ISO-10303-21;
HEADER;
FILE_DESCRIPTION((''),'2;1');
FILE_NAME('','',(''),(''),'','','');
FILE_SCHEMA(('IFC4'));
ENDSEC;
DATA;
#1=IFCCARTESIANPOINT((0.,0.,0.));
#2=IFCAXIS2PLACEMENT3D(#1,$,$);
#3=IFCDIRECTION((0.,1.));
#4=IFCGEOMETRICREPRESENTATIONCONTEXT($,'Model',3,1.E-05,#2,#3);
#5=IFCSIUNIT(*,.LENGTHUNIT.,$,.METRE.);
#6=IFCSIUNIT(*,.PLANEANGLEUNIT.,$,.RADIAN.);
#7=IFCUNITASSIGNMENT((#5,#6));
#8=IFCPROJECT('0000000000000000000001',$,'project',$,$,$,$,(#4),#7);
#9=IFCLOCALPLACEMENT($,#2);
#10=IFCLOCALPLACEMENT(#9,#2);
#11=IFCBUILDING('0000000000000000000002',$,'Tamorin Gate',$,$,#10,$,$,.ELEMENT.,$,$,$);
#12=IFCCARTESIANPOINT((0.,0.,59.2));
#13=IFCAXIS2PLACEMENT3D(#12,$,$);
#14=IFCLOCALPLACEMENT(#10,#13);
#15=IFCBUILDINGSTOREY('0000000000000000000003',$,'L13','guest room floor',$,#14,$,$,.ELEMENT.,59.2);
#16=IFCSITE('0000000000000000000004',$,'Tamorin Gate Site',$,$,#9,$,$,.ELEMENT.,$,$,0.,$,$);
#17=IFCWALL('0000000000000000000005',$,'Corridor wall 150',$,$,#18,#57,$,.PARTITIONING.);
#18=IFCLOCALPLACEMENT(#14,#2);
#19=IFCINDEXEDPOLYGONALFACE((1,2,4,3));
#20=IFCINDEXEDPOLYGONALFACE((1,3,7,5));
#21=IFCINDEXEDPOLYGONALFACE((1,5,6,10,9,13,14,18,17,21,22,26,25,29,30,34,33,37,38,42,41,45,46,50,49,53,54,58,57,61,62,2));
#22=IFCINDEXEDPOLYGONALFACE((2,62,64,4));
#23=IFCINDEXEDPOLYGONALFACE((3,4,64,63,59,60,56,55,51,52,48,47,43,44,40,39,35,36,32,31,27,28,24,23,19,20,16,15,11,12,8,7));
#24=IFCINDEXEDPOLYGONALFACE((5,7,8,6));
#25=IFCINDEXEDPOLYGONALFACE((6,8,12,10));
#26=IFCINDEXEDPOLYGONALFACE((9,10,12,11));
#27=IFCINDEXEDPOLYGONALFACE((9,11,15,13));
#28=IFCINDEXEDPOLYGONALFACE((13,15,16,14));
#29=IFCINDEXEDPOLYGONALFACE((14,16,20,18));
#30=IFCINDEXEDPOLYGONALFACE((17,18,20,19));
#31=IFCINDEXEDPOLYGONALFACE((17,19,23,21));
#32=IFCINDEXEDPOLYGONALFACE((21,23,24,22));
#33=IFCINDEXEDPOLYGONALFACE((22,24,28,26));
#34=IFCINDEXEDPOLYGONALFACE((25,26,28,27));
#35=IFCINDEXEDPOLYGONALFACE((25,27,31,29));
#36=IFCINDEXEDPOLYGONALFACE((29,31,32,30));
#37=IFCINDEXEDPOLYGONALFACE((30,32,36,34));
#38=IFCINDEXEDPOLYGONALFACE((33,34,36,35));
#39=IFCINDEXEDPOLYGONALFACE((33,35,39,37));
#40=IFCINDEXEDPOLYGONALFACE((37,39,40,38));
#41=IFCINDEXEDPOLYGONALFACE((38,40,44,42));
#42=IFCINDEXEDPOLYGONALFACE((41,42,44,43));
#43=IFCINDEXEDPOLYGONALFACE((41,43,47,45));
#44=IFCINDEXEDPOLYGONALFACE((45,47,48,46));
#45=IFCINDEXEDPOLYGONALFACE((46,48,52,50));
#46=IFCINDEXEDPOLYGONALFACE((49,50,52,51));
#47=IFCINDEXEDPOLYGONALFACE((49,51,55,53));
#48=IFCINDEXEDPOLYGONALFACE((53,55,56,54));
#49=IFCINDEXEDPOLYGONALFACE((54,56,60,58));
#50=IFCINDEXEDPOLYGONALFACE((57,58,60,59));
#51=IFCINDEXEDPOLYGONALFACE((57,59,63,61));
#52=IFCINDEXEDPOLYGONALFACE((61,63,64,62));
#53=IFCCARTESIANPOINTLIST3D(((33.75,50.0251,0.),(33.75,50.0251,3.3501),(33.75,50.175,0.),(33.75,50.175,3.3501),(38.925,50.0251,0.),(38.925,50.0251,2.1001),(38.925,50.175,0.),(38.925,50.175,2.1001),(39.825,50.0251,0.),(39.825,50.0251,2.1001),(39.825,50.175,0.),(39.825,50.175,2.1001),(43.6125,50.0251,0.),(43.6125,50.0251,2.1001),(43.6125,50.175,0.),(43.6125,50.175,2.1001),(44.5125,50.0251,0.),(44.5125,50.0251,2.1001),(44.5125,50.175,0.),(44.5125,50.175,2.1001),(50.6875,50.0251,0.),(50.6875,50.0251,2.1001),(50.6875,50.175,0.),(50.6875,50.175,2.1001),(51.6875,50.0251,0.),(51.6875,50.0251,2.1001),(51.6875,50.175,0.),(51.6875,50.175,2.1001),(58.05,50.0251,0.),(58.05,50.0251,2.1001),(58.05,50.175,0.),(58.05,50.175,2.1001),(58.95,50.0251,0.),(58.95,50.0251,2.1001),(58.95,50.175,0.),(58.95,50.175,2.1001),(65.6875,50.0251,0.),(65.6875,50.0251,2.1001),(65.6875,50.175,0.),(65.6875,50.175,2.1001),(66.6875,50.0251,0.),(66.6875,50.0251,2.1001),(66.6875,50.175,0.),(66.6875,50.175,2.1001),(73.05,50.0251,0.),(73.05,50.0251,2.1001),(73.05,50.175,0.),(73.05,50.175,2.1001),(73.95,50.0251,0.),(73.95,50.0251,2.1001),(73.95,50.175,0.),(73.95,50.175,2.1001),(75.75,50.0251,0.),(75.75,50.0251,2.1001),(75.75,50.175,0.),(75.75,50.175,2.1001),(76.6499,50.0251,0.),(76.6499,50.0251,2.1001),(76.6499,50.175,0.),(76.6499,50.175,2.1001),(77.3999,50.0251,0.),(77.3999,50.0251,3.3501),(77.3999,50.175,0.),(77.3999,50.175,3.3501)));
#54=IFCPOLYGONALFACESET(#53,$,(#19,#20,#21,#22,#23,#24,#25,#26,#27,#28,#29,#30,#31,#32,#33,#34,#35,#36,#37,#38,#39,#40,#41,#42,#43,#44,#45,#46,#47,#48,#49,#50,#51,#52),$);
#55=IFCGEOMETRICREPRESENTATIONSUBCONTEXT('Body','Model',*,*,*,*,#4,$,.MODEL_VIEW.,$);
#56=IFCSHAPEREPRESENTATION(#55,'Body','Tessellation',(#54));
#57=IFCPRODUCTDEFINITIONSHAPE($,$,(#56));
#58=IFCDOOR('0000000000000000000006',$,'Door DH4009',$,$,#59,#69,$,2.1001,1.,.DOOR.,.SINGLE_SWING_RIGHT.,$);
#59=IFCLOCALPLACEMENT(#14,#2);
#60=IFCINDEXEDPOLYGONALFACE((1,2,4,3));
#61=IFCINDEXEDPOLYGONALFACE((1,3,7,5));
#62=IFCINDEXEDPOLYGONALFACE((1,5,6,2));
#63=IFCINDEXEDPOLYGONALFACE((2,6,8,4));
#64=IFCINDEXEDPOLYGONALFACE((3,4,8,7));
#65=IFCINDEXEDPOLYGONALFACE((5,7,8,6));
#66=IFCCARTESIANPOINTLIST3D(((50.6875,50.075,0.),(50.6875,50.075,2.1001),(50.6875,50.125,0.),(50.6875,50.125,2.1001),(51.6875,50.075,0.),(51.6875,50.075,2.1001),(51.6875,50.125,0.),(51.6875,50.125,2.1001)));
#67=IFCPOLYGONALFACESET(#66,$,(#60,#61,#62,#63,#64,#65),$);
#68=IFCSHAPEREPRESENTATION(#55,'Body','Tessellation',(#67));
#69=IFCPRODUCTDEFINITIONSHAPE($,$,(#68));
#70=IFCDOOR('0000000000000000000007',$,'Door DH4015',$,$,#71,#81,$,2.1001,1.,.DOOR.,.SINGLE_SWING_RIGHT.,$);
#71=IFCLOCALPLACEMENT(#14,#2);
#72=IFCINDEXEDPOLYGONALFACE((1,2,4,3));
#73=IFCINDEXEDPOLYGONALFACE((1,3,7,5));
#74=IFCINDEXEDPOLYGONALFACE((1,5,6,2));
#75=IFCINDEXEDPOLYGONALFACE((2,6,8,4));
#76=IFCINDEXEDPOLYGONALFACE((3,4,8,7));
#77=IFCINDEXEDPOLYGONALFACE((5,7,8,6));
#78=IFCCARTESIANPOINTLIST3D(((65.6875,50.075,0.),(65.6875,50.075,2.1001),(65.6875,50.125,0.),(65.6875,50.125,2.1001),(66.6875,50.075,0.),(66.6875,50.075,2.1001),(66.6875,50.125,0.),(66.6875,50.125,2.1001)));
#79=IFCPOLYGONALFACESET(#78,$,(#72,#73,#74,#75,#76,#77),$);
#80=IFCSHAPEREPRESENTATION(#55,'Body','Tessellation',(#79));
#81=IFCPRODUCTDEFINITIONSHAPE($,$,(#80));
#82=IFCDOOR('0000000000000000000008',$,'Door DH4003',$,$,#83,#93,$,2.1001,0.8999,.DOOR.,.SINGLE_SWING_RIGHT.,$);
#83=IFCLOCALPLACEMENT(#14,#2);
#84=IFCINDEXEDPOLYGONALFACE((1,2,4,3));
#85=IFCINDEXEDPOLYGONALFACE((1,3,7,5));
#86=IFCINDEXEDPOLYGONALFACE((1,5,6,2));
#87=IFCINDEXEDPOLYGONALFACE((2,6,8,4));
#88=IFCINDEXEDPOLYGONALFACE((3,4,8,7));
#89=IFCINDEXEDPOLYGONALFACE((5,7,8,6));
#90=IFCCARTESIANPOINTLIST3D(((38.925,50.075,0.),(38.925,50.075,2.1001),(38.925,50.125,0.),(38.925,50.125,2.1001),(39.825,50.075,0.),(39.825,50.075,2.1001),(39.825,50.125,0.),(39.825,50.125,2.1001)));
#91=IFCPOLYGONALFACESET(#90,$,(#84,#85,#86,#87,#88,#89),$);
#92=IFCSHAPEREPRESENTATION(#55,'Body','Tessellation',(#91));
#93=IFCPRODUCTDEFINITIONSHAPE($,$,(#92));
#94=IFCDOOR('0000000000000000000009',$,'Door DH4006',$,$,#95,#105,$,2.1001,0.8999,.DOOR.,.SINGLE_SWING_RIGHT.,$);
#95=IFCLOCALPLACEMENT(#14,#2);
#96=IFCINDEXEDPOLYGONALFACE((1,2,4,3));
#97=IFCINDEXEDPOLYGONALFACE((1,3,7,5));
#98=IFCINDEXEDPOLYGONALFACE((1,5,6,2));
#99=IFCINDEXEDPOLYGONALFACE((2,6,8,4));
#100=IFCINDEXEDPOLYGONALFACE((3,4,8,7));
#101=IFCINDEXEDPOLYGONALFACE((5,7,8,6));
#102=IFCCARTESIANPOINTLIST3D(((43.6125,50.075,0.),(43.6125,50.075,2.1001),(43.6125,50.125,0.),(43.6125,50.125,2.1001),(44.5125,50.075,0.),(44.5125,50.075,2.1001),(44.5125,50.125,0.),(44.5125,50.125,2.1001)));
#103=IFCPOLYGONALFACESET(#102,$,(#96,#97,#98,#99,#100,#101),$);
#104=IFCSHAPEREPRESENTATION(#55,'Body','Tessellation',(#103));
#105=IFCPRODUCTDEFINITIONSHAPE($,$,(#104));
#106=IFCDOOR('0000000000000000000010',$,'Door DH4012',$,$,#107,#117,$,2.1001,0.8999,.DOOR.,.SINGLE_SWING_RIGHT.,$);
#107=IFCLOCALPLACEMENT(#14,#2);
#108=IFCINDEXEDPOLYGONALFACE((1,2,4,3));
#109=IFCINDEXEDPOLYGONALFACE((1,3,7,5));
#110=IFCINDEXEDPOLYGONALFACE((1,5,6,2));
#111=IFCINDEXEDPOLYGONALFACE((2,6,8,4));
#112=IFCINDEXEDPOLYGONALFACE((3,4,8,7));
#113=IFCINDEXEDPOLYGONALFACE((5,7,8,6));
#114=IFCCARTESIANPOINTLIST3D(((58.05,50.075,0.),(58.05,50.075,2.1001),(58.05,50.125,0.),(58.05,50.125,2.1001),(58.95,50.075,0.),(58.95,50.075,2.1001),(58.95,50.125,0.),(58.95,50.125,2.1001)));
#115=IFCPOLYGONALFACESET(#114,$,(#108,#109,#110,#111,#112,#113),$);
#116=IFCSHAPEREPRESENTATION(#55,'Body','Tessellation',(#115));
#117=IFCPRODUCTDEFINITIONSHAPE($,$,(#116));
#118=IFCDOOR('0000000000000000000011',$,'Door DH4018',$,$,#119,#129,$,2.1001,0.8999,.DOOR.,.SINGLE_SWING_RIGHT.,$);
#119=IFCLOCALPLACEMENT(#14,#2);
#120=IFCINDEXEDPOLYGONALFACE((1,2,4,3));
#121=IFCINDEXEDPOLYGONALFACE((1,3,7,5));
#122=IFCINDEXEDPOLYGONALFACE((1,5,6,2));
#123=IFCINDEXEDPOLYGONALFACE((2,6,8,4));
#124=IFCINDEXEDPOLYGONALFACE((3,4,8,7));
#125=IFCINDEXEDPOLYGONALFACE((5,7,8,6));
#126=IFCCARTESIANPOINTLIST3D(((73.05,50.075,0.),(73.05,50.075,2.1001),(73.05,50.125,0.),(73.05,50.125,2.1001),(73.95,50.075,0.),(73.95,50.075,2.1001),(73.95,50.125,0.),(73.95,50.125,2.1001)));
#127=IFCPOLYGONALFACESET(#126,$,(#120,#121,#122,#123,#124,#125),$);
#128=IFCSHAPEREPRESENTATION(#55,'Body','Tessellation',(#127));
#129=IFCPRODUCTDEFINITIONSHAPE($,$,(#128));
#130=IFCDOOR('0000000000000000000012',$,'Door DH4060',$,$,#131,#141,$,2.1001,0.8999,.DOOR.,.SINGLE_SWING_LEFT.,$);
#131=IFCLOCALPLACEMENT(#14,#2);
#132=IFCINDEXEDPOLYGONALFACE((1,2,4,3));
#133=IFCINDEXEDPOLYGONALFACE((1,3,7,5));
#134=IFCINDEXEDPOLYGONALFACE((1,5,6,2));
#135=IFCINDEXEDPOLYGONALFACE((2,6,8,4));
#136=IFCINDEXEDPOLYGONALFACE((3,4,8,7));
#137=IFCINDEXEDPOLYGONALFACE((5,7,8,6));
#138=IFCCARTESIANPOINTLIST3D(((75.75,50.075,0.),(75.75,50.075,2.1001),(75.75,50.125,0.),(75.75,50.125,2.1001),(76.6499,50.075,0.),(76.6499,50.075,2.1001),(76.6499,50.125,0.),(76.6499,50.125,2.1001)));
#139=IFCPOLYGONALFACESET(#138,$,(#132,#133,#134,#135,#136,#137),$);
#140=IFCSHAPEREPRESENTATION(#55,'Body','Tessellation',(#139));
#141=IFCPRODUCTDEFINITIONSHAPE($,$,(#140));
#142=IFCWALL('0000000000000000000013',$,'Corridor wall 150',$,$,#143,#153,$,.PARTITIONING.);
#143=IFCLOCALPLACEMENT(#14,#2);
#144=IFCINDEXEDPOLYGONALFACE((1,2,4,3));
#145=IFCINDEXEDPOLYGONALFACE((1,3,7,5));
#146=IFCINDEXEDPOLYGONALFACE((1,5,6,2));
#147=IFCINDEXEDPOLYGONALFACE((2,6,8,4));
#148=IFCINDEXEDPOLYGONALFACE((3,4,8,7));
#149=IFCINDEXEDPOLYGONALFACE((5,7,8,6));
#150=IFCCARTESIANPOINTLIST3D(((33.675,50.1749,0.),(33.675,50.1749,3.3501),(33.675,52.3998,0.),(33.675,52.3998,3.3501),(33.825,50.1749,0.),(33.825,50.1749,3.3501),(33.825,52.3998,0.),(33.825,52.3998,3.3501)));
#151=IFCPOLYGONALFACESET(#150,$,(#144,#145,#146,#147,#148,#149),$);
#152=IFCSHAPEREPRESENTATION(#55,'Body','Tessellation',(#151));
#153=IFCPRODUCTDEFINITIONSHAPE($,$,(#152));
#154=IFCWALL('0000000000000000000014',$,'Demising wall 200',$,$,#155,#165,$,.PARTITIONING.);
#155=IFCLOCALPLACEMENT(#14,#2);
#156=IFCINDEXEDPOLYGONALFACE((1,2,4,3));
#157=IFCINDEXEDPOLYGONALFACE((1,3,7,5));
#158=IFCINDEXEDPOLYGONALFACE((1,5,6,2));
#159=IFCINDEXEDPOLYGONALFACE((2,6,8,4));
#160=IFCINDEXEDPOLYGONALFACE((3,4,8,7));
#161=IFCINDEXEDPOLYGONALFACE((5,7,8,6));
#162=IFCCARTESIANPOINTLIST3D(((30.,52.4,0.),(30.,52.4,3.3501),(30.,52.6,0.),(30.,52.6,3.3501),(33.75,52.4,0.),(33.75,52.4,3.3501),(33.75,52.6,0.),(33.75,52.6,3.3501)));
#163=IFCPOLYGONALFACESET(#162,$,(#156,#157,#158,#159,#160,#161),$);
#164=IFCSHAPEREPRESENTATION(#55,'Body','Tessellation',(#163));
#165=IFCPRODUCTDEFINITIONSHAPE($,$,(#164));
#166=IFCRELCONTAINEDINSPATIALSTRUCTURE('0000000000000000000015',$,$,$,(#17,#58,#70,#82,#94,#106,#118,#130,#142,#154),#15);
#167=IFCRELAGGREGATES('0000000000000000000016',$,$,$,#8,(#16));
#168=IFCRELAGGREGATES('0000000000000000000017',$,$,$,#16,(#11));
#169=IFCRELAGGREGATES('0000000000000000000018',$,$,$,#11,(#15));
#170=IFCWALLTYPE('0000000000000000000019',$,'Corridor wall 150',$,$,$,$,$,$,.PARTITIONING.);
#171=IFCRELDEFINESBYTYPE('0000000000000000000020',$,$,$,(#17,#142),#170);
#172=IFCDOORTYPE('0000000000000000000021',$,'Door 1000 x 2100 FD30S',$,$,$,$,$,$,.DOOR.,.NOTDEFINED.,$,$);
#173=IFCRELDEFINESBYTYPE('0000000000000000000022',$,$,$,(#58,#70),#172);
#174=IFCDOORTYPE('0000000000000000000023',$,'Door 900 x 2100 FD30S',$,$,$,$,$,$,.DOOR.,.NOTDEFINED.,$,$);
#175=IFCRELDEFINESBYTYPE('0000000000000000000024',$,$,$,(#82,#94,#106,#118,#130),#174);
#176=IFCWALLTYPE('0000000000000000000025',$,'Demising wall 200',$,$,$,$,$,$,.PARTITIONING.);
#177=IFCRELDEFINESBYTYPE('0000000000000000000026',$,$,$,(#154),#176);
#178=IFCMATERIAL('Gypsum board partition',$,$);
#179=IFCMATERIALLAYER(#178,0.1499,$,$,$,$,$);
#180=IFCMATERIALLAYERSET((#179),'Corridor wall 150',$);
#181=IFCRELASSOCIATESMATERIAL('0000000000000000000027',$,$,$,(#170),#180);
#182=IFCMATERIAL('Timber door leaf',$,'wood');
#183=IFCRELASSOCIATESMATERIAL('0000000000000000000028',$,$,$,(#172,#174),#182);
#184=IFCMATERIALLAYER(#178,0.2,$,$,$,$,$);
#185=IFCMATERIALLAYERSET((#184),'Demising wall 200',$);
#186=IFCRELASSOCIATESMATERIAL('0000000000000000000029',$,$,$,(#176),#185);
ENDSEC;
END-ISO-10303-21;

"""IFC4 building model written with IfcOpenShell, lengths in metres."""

from ifc_helpers import new_model, si_unit, direction, frame, frame_2d, origin, place, context, subcontext, project, spatial, rectangle, extrude, material, layer, layer_set, type_object, element, fill, save


model = new_model("IFC4")

# Units and contexts
model_context = context("Model", 3, precision=1e-05, world=origin(), true_north=direction((0.0, 1.0)))
body_context = subcontext(model_context, "Body", "Model", "MODEL_VIEW")
ifc_project = project(units=[si_unit("LENGTHUNIT", "METRE"), si_unit("PLANEANGLEUNIT", "RADIAN")], contexts=[model_context])

# Site, building, storey
site_placement = place(None, origin())
site = spatial("IfcSite", under=ifc_project, at=site_placement, Name="Tamorin Gate Site", CompositionType="ELEMENT", RefElevation=0.0)
building_placement = place(site_placement, origin())
building = spatial("IfcBuilding", under=site, at=building_placement, Name="Tamorin Gate", CompositionType="ELEMENT")
storey_placement = place(building_placement, frame((0.0, 0.0, 59.2)))
storey = spatial("IfcBuildingStorey", under=building, at=storey_placement, Name="L13", Description="guest room floor", CompositionType="ELEMENT", Elevation=59.2)

# Wall, openings, doors
ifc_material_1 = material(Name="Gypsum board partition")
ifc_layer_1 = layer(ifc_material_1, 0.1499)
ifc_layer_set_1 = layer_set([ifc_layer_1], Name="Corridor wall 150")
wall_type_1 = type_object("IfcWallType", Name="Corridor wall 150", PredefinedType="PARTITIONING", material=ifc_layer_set_1)
wall_1_placement = place(storey_placement, frame((33.75, 50.1001, 0.0), z_axis=(0.0, 0.0, 1.0), x_axis=(1.0, 0.0, 0.0)))
wall_1 = element("IfcWall", 1, at=wall_1_placement, inside=storey, type_object=wall_type_1, Name="Corridor wall 150", PredefinedType="PARTITIONING", context=body_context, shape_type="SweptSolid", body=[
    extrude(rectangle(XDim=43.6499, YDim=0.1499, at=frame_2d((21.825, 0.0))), origin(), (0.0, 0.0, 1.0), 3.3501),
])
opening_1_placement = place(wall_1_placement, frame((5.175, 0.0, 0.0)))
opening_1 = element("IfcOpeningElement", 2, at=opening_1_placement, cuts=wall_1, PredefinedType="OPENING", context=body_context, shape_type="SweptSolid", body=[
    extrude(rectangle(XDim=0.8999, YDim=2.1001, at=frame_2d((0.45, 1.05))), frame((0.0, 0.085, 0.0), z_axis=(0.0, -1.0, 0.0), x_axis=(1.0, 0.0, 0.0)), (0.0, 0.0, 1.0), 0.1699),
])
opening_2_placement = place(wall_1_placement, frame((9.8625, 0.0, 0.0)))
opening_2 = element("IfcOpeningElement", 3, at=opening_2_placement, cuts=wall_1, PredefinedType="OPENING", context=body_context, shape_type="SweptSolid", body=[
    extrude(rectangle(XDim=0.8999, YDim=2.1001, at=frame_2d((0.45, 1.05))), frame((0.0, 0.085, 0.0), z_axis=(0.0, -1.0, 0.0), x_axis=(1.0, 0.0, 0.0)), (0.0, 0.0, 1.0), 0.1699),
])
opening_3_placement = place(wall_1_placement, frame((16.9375, 0.0, 0.0)))
opening_3 = element("IfcOpeningElement", 4, at=opening_3_placement, cuts=wall_1, PredefinedType="OPENING", context=body_context, shape_type="SweptSolid", body=[
    extrude(rectangle(XDim=1.0, YDim=2.1001, at=frame_2d((0.5, 1.05))), frame((0.0, 0.085, 0.0), z_axis=(0.0, -1.0, 0.0), x_axis=(1.0, 0.0, 0.0)), (0.0, 0.0, 1.0), 0.1699),
])
opening_4_placement = place(wall_1_placement, frame((24.3, 0.0, 0.0)))
opening_4 = element("IfcOpeningElement", 5, at=opening_4_placement, cuts=wall_1, PredefinedType="OPENING", context=body_context, shape_type="SweptSolid", body=[
    extrude(rectangle(XDim=0.8999, YDim=2.1001, at=frame_2d((0.45, 1.05))), frame((0.0, 0.085, 0.0), z_axis=(0.0, -1.0, 0.0), x_axis=(1.0, 0.0, 0.0)), (0.0, 0.0, 1.0), 0.1699),
])
opening_5_placement = place(wall_1_placement, frame((31.9375, 0.0, 0.0)))
opening_5 = element("IfcOpeningElement", 6, at=opening_5_placement, cuts=wall_1, PredefinedType="OPENING", context=body_context, shape_type="SweptSolid", body=[
    extrude(rectangle(XDim=1.0, YDim=2.1001, at=frame_2d((0.5, 1.05))), frame((0.0, 0.085, 0.0), z_axis=(0.0, -1.0, 0.0), x_axis=(1.0, 0.0, 0.0)), (0.0, 0.0, 1.0), 0.1699),
])
opening_6_placement = place(wall_1_placement, frame((39.3, 0.0, 0.0)))
opening_6 = element("IfcOpeningElement", 7, at=opening_6_placement, cuts=wall_1, PredefinedType="OPENING", context=body_context, shape_type="SweptSolid", body=[
    extrude(rectangle(XDim=0.8999, YDim=2.1001, at=frame_2d((0.45, 1.05))), frame((0.0, 0.085, 0.0), z_axis=(0.0, -1.0, 0.0), x_axis=(1.0, 0.0, 0.0)), (0.0, 0.0, 1.0), 0.1699),
])
opening_7_placement = place(wall_1_placement, frame((42.0, 0.0, 0.0)))
opening_7 = element("IfcOpeningElement", 8, at=opening_7_placement, cuts=wall_1, PredefinedType="OPENING", context=body_context, shape_type="SweptSolid", body=[
    extrude(rectangle(XDim=0.8999, YDim=2.1001, at=frame_2d((0.45, 1.05))), frame((0.0, 0.085, 0.0), z_axis=(0.0, -1.0, 0.0), x_axis=(1.0, 0.0, 0.0)), (0.0, 0.0, 1.0), 0.1699),
])
ifc_material_2 = material(Name="Timber door leaf", Category="wood")
door_type_1 = type_object("IfcDoorType", Name="Door 1000 x 2100 FD30S", OperationType="NOTDEFINED", PredefinedType="DOOR", material=ifc_material_2)
door_1_placement = place(opening_3_placement, origin())
door_1 = element("IfcDoor", 9, at=door_1_placement, inside=storey, type_object=door_type_1, Name="Door DH4009", OperationType="SINGLE_SWING_RIGHT", OverallHeight=2.1001, OverallWidth=1.0, PredefinedType="DOOR", context=body_context, shape_type="SweptSolid", body=[
    extrude(rectangle(XDim=1.0, YDim=2.1001, at=frame_2d((0.5, 1.05))), frame((0.0, 0.0249, 0.0), z_axis=(0.0, -1.0, 0.0), x_axis=(1.0, 0.0, 0.0)), (0.0, 0.0, 1.0), 0.05),
])
fill(opening_3, door_1)
door_2_placement = place(opening_5_placement, origin())
door_2 = element("IfcDoor", 10, at=door_2_placement, inside=storey, type_object=door_type_1, Name="Door DH4015", OperationType="SINGLE_SWING_RIGHT", OverallHeight=2.1001, OverallWidth=1.0, PredefinedType="DOOR", context=body_context, shape_type="SweptSolid", body=[
    extrude(rectangle(XDim=1.0, YDim=2.1001, at=frame_2d((0.5, 1.05))), frame((0.0, 0.0249, 0.0), z_axis=(0.0, -1.0, 0.0), x_axis=(1.0, 0.0, 0.0)), (0.0, 0.0, 1.0), 0.05),
])
fill(opening_5, door_2)
door_type_2 = type_object("IfcDoorType", Name="Door 900 x 2100 FD30S", OperationType="NOTDEFINED", PredefinedType="DOOR", material=ifc_material_2)
door_3_placement = place(opening_1_placement, origin())
door_3 = element("IfcDoor", 11, at=door_3_placement, inside=storey, type_object=door_type_2, Name="Door DH4003", OperationType="SINGLE_SWING_RIGHT", OverallHeight=2.1001, OverallWidth=0.8999, PredefinedType="DOOR", context=body_context, shape_type="SweptSolid", body=[
    extrude(rectangle(XDim=0.8999, YDim=2.1001, at=frame_2d((0.45, 1.05))), frame((0.0, 0.0249, 0.0), z_axis=(0.0, -1.0, 0.0), x_axis=(1.0, 0.0, 0.0)), (0.0, 0.0, 1.0), 0.05),
])
fill(opening_1, door_3)
door_4_placement = place(opening_2_placement, origin())
door_4 = element("IfcDoor", 12, at=door_4_placement, inside=storey, type_object=door_type_2, Name="Door DH4006", OperationType="SINGLE_SWING_RIGHT", OverallHeight=2.1001, OverallWidth=0.8999, PredefinedType="DOOR", context=body_context, shape_type="SweptSolid", body=[
    extrude(rectangle(XDim=0.8999, YDim=2.1001, at=frame_2d((0.45, 1.05))), frame((0.0, 0.0249, 0.0), z_axis=(0.0, -1.0, 0.0), x_axis=(1.0, 0.0, 0.0)), (0.0, 0.0, 1.0), 0.05),
])
fill(opening_2, door_4)
door_5_placement = place(opening_4_placement, origin())
door_5 = element("IfcDoor", 13, at=door_5_placement, inside=storey, type_object=door_type_2, Name="Door DH4012", OperationType="SINGLE_SWING_RIGHT", OverallHeight=2.1001, OverallWidth=0.8999, PredefinedType="DOOR", context=body_context, shape_type="SweptSolid", body=[
    extrude(rectangle(XDim=0.8999, YDim=2.1001, at=frame_2d((0.45, 1.05))), frame((0.0, 0.0249, 0.0), z_axis=(0.0, -1.0, 0.0), x_axis=(1.0, 0.0, 0.0)), (0.0, 0.0, 1.0), 0.05),
])
fill(opening_4, door_5)
door_6_placement = place(opening_6_placement, origin())
door_6 = element("IfcDoor", 14, at=door_6_placement, inside=storey, type_object=door_type_2, Name="Door DH4018", OperationType="SINGLE_SWING_RIGHT", OverallHeight=2.1001, OverallWidth=0.8999, PredefinedType="DOOR", context=body_context, shape_type="SweptSolid", body=[
    extrude(rectangle(XDim=0.8999, YDim=2.1001, at=frame_2d((0.45, 1.05))), frame((0.0, 0.0249, 0.0), z_axis=(0.0, -1.0, 0.0), x_axis=(1.0, 0.0, 0.0)), (0.0, 0.0, 1.0), 0.05),
])
fill(opening_6, door_6)
door_7_placement = place(opening_7_placement, origin())
door_7 = element("IfcDoor", 15, at=door_7_placement, inside=storey, type_object=door_type_2, Name="Door DH4060", OperationType="SINGLE_SWING_LEFT", OverallHeight=2.1001, OverallWidth=0.8999, PredefinedType="DOOR", context=body_context, shape_type="SweptSolid", body=[
    extrude(rectangle(XDim=0.8999, YDim=2.1001, at=frame_2d((0.45, 1.05))), frame((0.0, 0.0249, 0.0), z_axis=(0.0, -1.0, 0.0), x_axis=(1.0, 0.0, 0.0)), (0.0, 0.0, 1.0), 0.05),
])
fill(opening_7, door_7)

# Walls
wall_2_placement = place(storey_placement, frame((33.75, 50.175, 0.0), z_axis=(0.0, 0.0, 1.0), x_axis=(0.0, 1.0, 0.0)))
element("IfcWall", 16, at=wall_2_placement, inside=storey, type_object=wall_type_1, Name="Corridor wall 150", PredefinedType="PARTITIONING", context=body_context, shape_type="SweptSolid", body=[
    extrude(rectangle(XDim=2.2249, YDim=0.1499, at=frame_2d((1.1123, 0.0))), origin(), (0.0, 0.0, 1.0), 3.3501),
])
ifc_layer_2 = layer(ifc_material_1, 0.2)
ifc_layer_set_2 = layer_set([ifc_layer_2], Name="Demising wall 200")
wall_type_2 = type_object("IfcWallType", Name="Demising wall 200", PredefinedType="PARTITIONING", material=ifc_layer_set_2)
wall_3_placement = place(storey_placement, frame((30.0, 52.5, 0.0), z_axis=(0.0, 0.0, 1.0), x_axis=(1.0, 0.0, 0.0)))
element("IfcWall", 17, at=wall_3_placement, inside=storey, type_object=wall_type_2, Name="Demising wall 200", PredefinedType="PARTITIONING", context=body_context, shape_type="SweptSolid", body=[
    extrude(rectangle(XDim=3.75, YDim=0.2, at=frame_2d((1.875, 0.0))), origin(), (0.0, 0.0, 1.0), 3.3501),
])

save(model, "model.ifc")
